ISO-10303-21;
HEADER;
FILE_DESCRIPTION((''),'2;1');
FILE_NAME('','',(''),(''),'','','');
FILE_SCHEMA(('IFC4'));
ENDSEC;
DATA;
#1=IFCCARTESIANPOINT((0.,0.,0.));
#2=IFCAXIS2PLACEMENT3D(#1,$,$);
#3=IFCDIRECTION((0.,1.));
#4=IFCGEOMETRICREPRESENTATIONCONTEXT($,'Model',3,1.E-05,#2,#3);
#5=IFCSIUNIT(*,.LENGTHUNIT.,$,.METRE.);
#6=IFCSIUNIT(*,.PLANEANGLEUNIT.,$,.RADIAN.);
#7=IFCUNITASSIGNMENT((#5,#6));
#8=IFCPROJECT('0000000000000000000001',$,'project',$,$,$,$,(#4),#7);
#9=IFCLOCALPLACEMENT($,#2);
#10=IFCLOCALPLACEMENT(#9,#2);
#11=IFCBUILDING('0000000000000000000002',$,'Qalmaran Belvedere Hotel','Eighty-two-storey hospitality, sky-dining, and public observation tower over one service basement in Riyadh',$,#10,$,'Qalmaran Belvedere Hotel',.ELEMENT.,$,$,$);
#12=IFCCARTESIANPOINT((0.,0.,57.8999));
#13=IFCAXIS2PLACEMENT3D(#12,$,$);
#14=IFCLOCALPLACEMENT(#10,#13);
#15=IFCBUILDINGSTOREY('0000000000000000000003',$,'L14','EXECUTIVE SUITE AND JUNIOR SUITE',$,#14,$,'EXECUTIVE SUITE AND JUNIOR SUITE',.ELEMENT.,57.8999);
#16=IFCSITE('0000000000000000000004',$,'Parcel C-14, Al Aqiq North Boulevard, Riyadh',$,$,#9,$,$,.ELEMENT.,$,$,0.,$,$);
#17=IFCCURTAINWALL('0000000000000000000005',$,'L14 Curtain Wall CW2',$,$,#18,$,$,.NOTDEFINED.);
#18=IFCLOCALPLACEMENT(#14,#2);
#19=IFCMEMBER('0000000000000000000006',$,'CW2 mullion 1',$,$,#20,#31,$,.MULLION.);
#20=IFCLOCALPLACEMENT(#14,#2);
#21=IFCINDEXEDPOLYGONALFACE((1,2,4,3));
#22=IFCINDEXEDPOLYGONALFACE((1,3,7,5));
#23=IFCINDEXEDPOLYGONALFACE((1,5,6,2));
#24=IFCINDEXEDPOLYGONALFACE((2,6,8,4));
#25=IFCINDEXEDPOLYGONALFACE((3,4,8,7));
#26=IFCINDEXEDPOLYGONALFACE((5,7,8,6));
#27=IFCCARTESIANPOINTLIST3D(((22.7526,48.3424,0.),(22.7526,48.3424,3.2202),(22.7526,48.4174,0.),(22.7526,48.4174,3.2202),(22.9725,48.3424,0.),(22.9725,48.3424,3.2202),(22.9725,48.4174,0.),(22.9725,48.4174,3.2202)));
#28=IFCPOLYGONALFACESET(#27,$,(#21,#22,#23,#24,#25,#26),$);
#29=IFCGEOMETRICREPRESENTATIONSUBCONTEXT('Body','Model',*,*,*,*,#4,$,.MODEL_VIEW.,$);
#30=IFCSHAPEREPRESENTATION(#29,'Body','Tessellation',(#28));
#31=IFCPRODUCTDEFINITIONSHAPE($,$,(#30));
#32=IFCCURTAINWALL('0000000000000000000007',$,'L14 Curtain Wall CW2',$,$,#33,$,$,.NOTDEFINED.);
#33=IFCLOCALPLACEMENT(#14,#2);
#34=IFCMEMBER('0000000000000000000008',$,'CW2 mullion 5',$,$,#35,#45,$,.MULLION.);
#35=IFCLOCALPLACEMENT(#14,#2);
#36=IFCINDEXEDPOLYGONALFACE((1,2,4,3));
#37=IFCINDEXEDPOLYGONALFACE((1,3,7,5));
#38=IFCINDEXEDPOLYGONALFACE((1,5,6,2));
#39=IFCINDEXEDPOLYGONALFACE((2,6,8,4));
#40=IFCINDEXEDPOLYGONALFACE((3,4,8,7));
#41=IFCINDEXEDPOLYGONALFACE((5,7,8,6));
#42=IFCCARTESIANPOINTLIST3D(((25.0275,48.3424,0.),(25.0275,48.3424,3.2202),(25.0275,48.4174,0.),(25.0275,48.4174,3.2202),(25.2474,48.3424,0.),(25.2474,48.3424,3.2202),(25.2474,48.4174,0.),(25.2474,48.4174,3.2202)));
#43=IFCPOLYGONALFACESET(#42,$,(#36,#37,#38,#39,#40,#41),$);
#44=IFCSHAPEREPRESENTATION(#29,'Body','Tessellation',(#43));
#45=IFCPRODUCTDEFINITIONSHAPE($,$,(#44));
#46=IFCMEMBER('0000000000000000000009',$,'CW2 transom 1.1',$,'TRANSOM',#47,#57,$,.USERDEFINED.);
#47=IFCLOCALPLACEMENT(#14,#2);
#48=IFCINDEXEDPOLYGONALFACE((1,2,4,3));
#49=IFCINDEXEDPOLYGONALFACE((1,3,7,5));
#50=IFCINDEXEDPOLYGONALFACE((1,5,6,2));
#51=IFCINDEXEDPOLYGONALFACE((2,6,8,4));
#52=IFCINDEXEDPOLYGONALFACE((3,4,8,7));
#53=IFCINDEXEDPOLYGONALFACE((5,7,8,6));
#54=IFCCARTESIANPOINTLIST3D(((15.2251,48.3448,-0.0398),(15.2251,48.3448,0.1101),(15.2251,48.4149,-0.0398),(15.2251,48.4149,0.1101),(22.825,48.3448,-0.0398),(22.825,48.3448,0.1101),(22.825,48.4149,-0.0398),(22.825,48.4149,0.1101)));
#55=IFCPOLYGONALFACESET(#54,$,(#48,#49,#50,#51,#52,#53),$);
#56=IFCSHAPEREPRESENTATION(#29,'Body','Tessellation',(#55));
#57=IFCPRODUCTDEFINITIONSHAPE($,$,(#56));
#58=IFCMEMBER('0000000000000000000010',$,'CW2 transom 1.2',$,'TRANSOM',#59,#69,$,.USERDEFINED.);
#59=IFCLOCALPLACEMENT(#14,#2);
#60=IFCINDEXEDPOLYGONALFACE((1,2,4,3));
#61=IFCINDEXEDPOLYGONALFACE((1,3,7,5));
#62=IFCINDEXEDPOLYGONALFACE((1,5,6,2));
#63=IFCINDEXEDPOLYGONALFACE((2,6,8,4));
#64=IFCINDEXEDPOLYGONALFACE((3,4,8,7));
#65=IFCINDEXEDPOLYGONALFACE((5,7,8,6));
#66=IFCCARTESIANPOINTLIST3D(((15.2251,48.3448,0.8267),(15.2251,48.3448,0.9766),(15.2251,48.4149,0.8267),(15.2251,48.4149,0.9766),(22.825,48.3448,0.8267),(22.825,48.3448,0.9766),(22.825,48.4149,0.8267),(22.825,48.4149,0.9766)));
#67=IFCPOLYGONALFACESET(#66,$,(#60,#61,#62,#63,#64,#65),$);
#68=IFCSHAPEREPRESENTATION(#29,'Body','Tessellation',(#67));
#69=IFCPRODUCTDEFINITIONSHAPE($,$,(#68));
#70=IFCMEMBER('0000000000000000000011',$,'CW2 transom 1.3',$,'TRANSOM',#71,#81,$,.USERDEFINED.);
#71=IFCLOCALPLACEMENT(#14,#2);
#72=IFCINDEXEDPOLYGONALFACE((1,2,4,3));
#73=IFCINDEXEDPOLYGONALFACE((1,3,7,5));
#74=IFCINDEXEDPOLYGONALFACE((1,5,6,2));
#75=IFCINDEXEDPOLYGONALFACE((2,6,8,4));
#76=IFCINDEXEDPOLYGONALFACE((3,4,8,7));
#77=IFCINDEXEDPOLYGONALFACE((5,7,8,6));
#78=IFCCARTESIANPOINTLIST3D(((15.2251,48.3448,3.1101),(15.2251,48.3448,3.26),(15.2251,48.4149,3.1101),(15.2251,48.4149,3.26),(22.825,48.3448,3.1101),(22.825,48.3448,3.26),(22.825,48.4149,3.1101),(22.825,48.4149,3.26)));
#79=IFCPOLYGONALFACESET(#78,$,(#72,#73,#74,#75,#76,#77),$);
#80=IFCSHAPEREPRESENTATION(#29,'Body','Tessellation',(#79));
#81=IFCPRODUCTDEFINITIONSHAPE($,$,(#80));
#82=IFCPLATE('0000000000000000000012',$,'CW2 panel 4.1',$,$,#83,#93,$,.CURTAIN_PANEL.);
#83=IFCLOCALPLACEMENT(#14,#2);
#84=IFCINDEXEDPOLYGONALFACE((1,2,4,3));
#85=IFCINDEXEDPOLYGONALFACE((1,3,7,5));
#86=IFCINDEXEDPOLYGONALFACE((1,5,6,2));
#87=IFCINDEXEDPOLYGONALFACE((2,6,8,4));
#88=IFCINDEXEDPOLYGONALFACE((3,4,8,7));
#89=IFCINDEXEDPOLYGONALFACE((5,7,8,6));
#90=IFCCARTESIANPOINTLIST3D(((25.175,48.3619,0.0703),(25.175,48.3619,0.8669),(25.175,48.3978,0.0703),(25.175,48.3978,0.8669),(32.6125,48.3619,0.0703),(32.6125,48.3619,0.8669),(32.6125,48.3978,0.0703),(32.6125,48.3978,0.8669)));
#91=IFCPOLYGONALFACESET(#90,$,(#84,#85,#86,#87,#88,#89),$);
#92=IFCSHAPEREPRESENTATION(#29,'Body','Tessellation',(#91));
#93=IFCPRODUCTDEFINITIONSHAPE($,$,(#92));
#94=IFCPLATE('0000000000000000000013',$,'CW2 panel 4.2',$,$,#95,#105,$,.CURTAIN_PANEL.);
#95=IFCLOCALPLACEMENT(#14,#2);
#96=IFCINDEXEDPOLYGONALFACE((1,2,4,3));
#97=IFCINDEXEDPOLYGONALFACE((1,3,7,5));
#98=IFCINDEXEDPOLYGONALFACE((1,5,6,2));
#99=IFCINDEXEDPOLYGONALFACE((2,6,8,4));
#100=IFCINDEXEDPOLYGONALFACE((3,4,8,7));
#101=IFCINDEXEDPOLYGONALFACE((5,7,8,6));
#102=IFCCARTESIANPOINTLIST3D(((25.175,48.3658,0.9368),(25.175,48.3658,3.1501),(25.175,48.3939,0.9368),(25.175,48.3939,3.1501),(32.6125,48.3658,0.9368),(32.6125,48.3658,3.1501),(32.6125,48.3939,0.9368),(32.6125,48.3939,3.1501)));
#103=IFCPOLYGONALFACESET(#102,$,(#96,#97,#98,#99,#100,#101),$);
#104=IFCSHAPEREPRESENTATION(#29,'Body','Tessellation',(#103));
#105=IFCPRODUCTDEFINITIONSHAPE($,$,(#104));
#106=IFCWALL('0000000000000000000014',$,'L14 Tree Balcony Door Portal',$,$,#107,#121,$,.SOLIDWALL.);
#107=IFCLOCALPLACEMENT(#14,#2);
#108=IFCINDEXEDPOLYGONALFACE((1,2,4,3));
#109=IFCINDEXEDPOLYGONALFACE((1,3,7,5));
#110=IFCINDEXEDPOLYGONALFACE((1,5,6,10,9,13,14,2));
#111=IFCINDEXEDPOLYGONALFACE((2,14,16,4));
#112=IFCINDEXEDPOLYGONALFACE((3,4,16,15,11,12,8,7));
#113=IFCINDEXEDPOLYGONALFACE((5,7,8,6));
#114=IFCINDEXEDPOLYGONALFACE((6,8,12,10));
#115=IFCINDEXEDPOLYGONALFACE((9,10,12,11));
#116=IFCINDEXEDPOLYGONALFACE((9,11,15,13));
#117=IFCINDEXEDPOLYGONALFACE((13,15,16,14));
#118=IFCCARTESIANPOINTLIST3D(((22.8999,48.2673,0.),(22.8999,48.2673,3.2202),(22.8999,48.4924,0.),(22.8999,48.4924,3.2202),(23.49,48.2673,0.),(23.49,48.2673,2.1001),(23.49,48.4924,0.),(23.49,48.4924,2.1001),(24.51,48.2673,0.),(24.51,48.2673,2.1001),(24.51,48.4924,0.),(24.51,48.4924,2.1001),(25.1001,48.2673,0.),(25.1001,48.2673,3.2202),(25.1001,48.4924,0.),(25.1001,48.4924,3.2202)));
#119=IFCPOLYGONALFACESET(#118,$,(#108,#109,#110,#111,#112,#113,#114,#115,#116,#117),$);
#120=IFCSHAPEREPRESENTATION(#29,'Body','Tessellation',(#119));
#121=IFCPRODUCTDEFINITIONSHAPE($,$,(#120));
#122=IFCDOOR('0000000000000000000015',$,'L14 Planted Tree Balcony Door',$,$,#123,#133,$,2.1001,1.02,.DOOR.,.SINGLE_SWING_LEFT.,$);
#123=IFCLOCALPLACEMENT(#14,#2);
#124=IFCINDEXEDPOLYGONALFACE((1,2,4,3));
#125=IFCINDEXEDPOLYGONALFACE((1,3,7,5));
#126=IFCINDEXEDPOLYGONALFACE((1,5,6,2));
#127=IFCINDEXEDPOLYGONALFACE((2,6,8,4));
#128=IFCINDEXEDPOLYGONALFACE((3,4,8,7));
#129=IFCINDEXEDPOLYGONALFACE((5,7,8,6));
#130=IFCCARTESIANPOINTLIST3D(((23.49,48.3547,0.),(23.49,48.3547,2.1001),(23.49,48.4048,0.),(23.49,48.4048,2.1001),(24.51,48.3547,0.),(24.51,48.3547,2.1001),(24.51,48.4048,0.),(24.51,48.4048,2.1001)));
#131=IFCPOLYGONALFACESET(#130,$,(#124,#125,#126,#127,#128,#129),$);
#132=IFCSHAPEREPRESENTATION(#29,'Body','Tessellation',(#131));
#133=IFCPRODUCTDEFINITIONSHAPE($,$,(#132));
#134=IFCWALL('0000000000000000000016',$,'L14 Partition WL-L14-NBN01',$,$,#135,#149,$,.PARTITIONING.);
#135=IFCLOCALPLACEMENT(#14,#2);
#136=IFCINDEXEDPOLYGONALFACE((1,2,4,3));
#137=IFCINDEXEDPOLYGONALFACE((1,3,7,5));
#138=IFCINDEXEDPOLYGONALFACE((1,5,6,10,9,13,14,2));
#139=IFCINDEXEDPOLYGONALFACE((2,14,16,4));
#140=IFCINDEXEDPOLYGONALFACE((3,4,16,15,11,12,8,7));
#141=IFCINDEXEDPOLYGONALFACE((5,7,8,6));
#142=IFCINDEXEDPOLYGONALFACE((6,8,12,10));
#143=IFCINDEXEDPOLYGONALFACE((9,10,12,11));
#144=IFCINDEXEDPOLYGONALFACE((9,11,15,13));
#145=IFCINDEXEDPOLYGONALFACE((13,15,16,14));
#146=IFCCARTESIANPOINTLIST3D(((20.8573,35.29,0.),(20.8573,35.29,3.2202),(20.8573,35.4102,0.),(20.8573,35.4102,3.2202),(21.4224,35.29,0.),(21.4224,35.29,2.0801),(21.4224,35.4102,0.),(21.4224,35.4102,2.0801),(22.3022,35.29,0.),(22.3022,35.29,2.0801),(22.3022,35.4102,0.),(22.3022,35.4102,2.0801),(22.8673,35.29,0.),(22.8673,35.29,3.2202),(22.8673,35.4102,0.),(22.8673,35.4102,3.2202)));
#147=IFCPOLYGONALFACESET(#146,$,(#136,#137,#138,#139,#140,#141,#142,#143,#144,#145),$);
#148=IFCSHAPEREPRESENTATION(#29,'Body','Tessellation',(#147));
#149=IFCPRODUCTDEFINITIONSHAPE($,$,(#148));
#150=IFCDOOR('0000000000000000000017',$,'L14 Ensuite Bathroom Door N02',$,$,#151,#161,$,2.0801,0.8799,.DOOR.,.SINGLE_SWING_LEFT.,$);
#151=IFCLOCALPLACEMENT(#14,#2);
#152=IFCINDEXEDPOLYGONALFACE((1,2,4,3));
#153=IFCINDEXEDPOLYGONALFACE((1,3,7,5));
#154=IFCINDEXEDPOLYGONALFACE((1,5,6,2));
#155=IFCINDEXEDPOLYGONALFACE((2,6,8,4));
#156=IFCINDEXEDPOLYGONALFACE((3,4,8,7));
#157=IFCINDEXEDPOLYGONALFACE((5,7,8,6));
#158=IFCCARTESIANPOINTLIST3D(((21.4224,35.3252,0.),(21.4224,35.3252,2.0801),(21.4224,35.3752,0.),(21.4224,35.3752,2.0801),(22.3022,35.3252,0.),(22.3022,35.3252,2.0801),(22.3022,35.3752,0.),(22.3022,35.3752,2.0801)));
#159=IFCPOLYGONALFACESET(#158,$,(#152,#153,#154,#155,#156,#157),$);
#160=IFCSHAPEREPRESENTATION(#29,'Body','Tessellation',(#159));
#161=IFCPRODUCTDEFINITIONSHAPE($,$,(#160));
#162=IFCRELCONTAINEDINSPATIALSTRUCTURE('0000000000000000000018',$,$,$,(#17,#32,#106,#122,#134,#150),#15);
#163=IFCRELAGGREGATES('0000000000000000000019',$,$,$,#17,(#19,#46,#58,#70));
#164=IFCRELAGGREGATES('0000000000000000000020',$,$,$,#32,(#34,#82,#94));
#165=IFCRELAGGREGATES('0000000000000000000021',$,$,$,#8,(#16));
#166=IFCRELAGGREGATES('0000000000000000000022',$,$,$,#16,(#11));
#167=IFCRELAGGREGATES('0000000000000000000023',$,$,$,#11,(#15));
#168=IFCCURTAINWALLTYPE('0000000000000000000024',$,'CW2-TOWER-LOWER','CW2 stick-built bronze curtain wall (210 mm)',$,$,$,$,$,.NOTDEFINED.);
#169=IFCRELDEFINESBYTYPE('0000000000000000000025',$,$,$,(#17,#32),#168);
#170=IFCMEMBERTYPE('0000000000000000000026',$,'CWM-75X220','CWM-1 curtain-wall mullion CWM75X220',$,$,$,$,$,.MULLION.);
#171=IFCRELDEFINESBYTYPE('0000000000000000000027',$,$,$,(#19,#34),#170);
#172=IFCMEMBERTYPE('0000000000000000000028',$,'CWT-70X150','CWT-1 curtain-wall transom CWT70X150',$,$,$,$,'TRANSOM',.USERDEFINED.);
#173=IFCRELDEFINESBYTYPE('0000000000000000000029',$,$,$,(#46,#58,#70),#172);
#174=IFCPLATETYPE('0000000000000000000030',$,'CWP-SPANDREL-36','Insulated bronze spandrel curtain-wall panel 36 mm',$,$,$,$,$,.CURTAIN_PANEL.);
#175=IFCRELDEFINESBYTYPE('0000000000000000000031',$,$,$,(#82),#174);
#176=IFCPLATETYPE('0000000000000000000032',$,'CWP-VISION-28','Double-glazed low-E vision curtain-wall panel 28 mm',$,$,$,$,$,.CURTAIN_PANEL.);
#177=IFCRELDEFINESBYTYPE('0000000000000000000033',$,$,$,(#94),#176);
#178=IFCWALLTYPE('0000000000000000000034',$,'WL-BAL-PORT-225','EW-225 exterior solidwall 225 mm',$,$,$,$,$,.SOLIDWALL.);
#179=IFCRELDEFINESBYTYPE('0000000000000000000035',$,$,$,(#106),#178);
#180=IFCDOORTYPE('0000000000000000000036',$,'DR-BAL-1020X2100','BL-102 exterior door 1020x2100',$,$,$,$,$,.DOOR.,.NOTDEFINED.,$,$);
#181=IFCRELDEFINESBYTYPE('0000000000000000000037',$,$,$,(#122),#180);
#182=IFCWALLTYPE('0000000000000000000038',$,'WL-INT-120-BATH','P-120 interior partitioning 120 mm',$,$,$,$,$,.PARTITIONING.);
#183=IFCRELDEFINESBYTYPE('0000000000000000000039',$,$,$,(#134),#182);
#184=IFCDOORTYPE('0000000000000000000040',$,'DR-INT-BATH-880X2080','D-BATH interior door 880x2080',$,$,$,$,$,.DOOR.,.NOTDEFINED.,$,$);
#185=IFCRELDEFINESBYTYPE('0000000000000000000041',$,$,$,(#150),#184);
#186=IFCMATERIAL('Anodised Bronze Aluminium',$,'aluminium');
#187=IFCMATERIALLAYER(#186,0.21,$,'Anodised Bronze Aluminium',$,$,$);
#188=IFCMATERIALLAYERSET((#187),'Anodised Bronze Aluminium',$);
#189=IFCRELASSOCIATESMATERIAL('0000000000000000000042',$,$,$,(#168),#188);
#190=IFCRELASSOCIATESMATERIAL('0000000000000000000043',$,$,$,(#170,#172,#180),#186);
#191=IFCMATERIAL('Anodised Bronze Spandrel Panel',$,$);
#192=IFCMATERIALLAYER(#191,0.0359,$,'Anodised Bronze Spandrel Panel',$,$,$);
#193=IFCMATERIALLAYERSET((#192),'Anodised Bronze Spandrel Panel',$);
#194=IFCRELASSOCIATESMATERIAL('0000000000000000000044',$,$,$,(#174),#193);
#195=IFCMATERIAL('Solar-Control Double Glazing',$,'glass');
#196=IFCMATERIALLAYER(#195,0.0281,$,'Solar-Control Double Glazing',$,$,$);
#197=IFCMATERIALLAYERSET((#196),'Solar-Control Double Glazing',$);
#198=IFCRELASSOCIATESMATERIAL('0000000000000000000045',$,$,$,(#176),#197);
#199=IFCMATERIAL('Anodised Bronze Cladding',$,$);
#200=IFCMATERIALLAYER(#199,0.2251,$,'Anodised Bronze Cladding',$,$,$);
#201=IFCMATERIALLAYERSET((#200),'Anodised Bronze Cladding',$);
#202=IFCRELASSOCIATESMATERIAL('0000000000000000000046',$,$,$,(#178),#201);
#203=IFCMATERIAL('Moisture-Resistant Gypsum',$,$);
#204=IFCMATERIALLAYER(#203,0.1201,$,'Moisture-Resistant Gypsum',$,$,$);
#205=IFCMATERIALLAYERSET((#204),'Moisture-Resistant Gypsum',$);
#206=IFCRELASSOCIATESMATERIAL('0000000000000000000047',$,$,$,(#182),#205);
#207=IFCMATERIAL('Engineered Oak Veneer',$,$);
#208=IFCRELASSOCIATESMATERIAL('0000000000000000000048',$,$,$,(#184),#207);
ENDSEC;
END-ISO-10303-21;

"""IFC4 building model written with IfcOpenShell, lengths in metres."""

from ifc_helpers import new_model, si_unit, direction, frame, frame_2d, origin, origin_2d, place, context, subcontext, project, spatial, rectangle, extrude, material, layer, layer_set, material_profile, profile_set, type_object, element, fill, aggregate, save


model = new_model("IFC4")

# Units and contexts
model_context = context("Model", 3, precision=1e-05, world=origin(), true_north=direction((0.0, 1.0)))
body_context = subcontext(model_context, "Body", "Model", "MODEL_VIEW")
ifc_project = project(units=[si_unit("LENGTHUNIT", "METRE"), si_unit("PLANEANGLEUNIT", "RADIAN")], contexts=[model_context])

# Site, building, storey
site_placement = place(None, origin())
site = spatial("IfcSite", under=ifc_project, at=site_placement, Name="Parcel C-14, Al Aqiq North Boulevard, Riyadh", CompositionType="ELEMENT", RefElevation=0.0)
building_placement = place(site_placement, origin())
building = spatial("IfcBuilding", under=site, at=building_placement, Name="Qalmaran Belvedere Hotel", Description="Eighty-two-storey hospitality, sky-dining, and public observation tower over one service basement in Riyadh", LongName="Qalmaran Belvedere Hotel", CompositionType="ELEMENT")
storey_placement = place(building_placement, frame((0.0, 0.0, 57.8999)))
storey = spatial("IfcBuildingStorey", under=building, at=storey_placement, Name="L14", Description="EXECUTIVE SUITE AND JUNIOR SUITE", LongName="EXECUTIVE SUITE AND JUNIOR SUITE", CompositionType="ELEMENT", Elevation=57.8999)

# Curtain walls, members
ifc_material_1 = material(Name="Anodised Bronze Aluminium", Category="aluminium")
ifc_layer_1 = layer(ifc_material_1, 0.21, Name="Anodised Bronze Aluminium")
ifc_layer_set_1 = layer_set([ifc_layer_1], Name="Anodised Bronze Aluminium")
curtain_wall_type = type_object("IfcCurtainWallType", Name="CW2-TOWER-LOWER", Description="CW2 stick-built bronze curtain wall (210 mm)", PredefinedType="NOTDEFINED", material=ifc_layer_set_1)
curtain_wall_1_placement = place(storey_placement, origin())
curtain_wall_1 = element("IfcCurtainWall", 1, at=curtain_wall_1_placement, inside=storey, type_object=curtain_wall_type, Name="L14 Curtain Wall CW2", PredefinedType="NOTDEFINED")
ifc_material_profile_1 = material_profile(ifc_material_1, rectangle(XDim=0.075, YDim=0.22, at=origin_2d()), Name="CWM75X220")
ifc_profile_set_1 = profile_set([ifc_material_profile_1], Name="Anodised Bronze Aluminium")
member_type_1 = type_object("IfcMemberType", Name="CWM-75X220", Description="CWM-1 curtain-wall mullion CWM75X220", PredefinedType="MULLION", material=ifc_profile_set_1)
member_1_placement = place(storey_placement, frame((22.8625, 48.3799, 0.0), z_axis=(0.0, 0.0, 1.0), x_axis=(0.0, -1.0, 0.0)))
member_1 = element("IfcMember", 2, at=member_1_placement, type_object=member_type_1, Name="CW2 mullion 1", PredefinedType="MULLION", context=body_context, shape_type="SweptSolid", body=[
    extrude(rectangle(XDim=0.075, YDim=0.22, at=origin_2d()), origin(), (0.0, 0.0, 1.0), 3.2202),
])
curtain_wall_2_placement = place(storey_placement, origin())
curtain_wall_2 = element("IfcCurtainWall", 3, at=curtain_wall_2_placement, inside=storey, type_object=curtain_wall_type, Name="L14 Curtain Wall CW2", PredefinedType="NOTDEFINED")
member_2_placement = place(storey_placement, frame((25.1375, 48.3799, 0.0), z_axis=(0.0, 0.0, 1.0), x_axis=(0.0, -1.0, 0.0)))
member_2 = element("IfcMember", 4, at=member_2_placement, type_object=member_type_1, Name="CW2 mullion 5", PredefinedType="MULLION", context=body_context, shape_type="SweptSolid", body=[
    extrude(rectangle(XDim=0.075, YDim=0.22, at=origin_2d()), origin(), (0.0, 0.0, 1.0), 3.2202),
])

# Members
ifc_material_profile_2 = material_profile(ifc_material_1, rectangle(XDim=0.0701, YDim=0.1499, at=origin_2d()), Name="CWT70X150")
ifc_profile_set_2 = profile_set([ifc_material_profile_2], Name="Anodised Bronze Aluminium")
member_type_2 = type_object("IfcMemberType", Name="CWT-70X150", Description="CWT-1 curtain-wall transom CWT70X150", ElementType="TRANSOM", PredefinedType="USERDEFINED", material=ifc_profile_set_2)
member_3_placement = place(storey_placement, frame((22.825, 48.3799, 0.0352), z_axis=(-1.0, 0.0, 0.0), x_axis=(0.0, -1.0, 0.0)))
member_3 = element("IfcMember", 5, at=member_3_placement, type_object=member_type_2, Name="CW2 transom 1.1", ObjectType="TRANSOM", PredefinedType="USERDEFINED", context=body_context, shape_type="SweptSolid", body=[
    extrude(rectangle(XDim=0.0701, YDim=0.1499, at=origin_2d()), origin(), (0.0, 0.0, 1.0), 7.5999),
])
member_4_placement = place(storey_placement, frame((22.825, 48.3799, 0.9016), z_axis=(-1.0, 0.0, 0.0), x_axis=(0.0, -1.0, 0.0)))
member_4 = element("IfcMember", 6, at=member_4_placement, type_object=member_type_2, Name="CW2 transom 1.2", ObjectType="TRANSOM", PredefinedType="USERDEFINED", context=body_context, shape_type="SweptSolid", body=[
    extrude(rectangle(XDim=0.0701, YDim=0.1499, at=origin_2d()), origin(), (0.0, 0.0, 1.0), 7.5999),
])
member_5_placement = place(storey_placement, frame((22.825, 48.3799, 3.1851), z_axis=(-1.0, 0.0, 0.0), x_axis=(0.0, -1.0, 0.0)))
member_5 = element("IfcMember", 7, at=member_5_placement, type_object=member_type_2, Name="CW2 transom 1.3", ObjectType="TRANSOM", PredefinedType="USERDEFINED", context=body_context, shape_type="SweptSolid", body=[
    extrude(rectangle(XDim=0.0701, YDim=0.1499, at=origin_2d()), origin(), (0.0, 0.0, 1.0), 7.5999),
])
aggregate(curtain_wall_1, [member_1, member_3, member_4, member_5])

# Plates
ifc_material_2 = material(Name="Anodised Bronze Spandrel Panel")
ifc_layer_2 = layer(ifc_material_2, 0.0359, Name="Anodised Bronze Spandrel Panel")
ifc_layer_set_2 = layer_set([ifc_layer_2], Name="Anodised Bronze Spandrel Panel")
plate_type_1 = type_object("IfcPlateType", Name="CWP-SPANDREL-36", Description="Insulated bronze spandrel curtain-wall panel 36 mm", PredefinedType="CURTAIN_PANEL", material=ifc_layer_set_2)
plate_1_placement = place(storey_placement, frame((28.8938, 48.3799, 0.0703), z_axis=(0.0, 0.0, 1.0), x_axis=(-1.0, 0.0, 0.0)))
plate_1 = element("IfcPlate", 8, at=plate_1_placement, type_object=plate_type_1, Name="CW2 panel 4.1", PredefinedType="CURTAIN_PANEL", context=body_context, shape_type="SweptSolid", body=[
    extrude(rectangle(XDim=7.4375, YDim=0.0359, at=origin_2d()), origin(), (0.0, 0.0, 1.0), 0.7966),
])
ifc_material_3 = material(Name="Solar-Control Double Glazing", Category="glass")
ifc_layer_3 = layer(ifc_material_3, 0.0281, Name="Solar-Control Double Glazing")
ifc_layer_set_3 = layer_set([ifc_layer_3], Name="Solar-Control Double Glazing")
plate_type_2 = type_object("IfcPlateType", Name="CWP-VISION-28", Description="Double-glazed low-E vision curtain-wall panel 28 mm", PredefinedType="CURTAIN_PANEL", material=ifc_layer_set_3)
plate_2_placement = place(storey_placement, frame((28.8938, 48.3799, 0.9368), z_axis=(0.0, 0.0, 1.0), x_axis=(-1.0, 0.0, 0.0)))
plate_2 = element("IfcPlate", 9, at=plate_2_placement, type_object=plate_type_2, Name="CW2 panel 4.2", PredefinedType="CURTAIN_PANEL", context=body_context, shape_type="SweptSolid", body=[
    extrude(rectangle(XDim=7.4375, YDim=0.0281, at=origin_2d()), origin(), (0.0, 0.0, 1.0), 2.2134),
])
aggregate(curtain_wall_2, [member_2, plate_1, plate_2])

# Walls, openings, doors
ifc_material_4 = material(Name="Anodised Bronze Cladding")
ifc_layer_4 = layer(ifc_material_4, 0.2251, Name="Anodised Bronze Cladding")
ifc_layer_set_4 = layer_set([ifc_layer_4], Name="Anodised Bronze Cladding")
wall_type_1 = type_object("IfcWallType", Name="WL-BAL-PORT-225", Description="EW-225 exterior solidwall 225 mm", PredefinedType="SOLIDWALL", material=ifc_layer_set_4)
wall_1_placement = place(storey_placement, frame((22.8999, 48.3799, 0.0), z_axis=(0.0, 0.0, 1.0), x_axis=(1.0, 0.0, 0.0)))
wall_1 = element("IfcWall", 10, at=wall_1_placement, inside=storey, type_object=wall_type_1, Name="L14 Tree Balcony Door Portal", PredefinedType="SOLIDWALL", context=body_context, shape_type="SweptSolid", body=[
    extrude(rectangle(XDim=2.2002, YDim=0.2251, at=frame_2d((1.1001, 0.0))), origin(), (0.0, 0.0, 1.0), 3.2202),
])
opening_1_placement = place(wall_1_placement, frame((0.5901, 0.0, 0.0)))
opening_1 = element("IfcOpeningElement", 11, at=opening_1_placement, cuts=wall_1, PredefinedType="OPENING", context=body_context, shape_type="SweptSolid", body=[
    extrude(rectangle(XDim=1.02, YDim=2.1001, at=frame_2d((0.51, 1.05))), frame((0.0, 0.1226, 0.0), z_axis=(0.0, -1.0, 0.0), x_axis=(1.0, 0.0, 0.0)), (0.0, 0.0, 1.0), 0.2451),
])
door_type_1 = type_object("IfcDoorType", Name="DR-BAL-1020X2100", Description="BL-102 exterior door 1020x2100", OperationType="NOTDEFINED", PredefinedType="DOOR", material=ifc_material_1)
door_1_placement = place(opening_1_placement, origin())
door_1 = element("IfcDoor", 12, at=door_1_placement, inside=storey, type_object=door_type_1, Name="L14 Planted Tree Balcony Door", OperationType="SINGLE_SWING_LEFT", OverallHeight=2.1001, OverallWidth=1.02, PredefinedType="DOOR", context=body_context, shape_type="SweptSolid", body=[
    extrude(rectangle(XDim=1.02, YDim=2.1001, at=frame_2d((0.51, 1.05))), frame((0.0, 0.0249, 0.0), z_axis=(0.0, -1.0, 0.0), x_axis=(1.0, 0.0, 0.0)), (0.0, 0.0, 1.0), 0.05),
])
fill(opening_1, door_1)
ifc_material_5 = material(Name="Moisture-Resistant Gypsum")
ifc_layer_5 = layer(ifc_material_5, 0.1201, Name="Moisture-Resistant Gypsum")
ifc_layer_set_5 = layer_set([ifc_layer_5], Name="Moisture-Resistant Gypsum")
wall_type_2 = type_object("IfcWallType", Name="WL-INT-120-BATH", Description="P-120 interior partitioning 120 mm", PredefinedType="PARTITIONING", material=ifc_layer_set_5)
wall_2_placement = place(storey_placement, frame((20.8574, 35.3501, 0.0), z_axis=(0.0, 0.0, 1.0), x_axis=(1.0, 0.0, 0.0)))
wall_2 = element("IfcWall", 13, at=wall_2_placement, inside=storey, type_object=wall_type_2, Name="L14 Partition WL-L14-NBN01", PredefinedType="PARTITIONING", context=body_context, shape_type="SweptSolid", body=[
    extrude(rectangle(XDim=2.01, YDim=0.1201, at=frame_2d((1.0049, 0.0))), origin(), (0.0, 0.0, 1.0), 3.2202),
])
opening_2_placement = place(wall_2_placement, frame((1.4448, 0.0, 0.0), z_axis=(0.0, 0.0, 1.0), x_axis=(-1.0, 0.0, 0.0)))
opening_2 = element("IfcOpeningElement", 14, at=opening_2_placement, cuts=wall_2, PredefinedType="OPENING", context=body_context, shape_type="SweptSolid", body=[
    extrude(rectangle(XDim=0.8799, YDim=2.0801, at=frame_2d((0.4399, 1.04))), frame((0.0, 0.0701, 0.0), z_axis=(0.0, -1.0, 0.0), x_axis=(1.0, 0.0, 0.0)), (0.0, 0.0, 1.0), 0.1401),
])
ifc_material_6 = material(Name="Engineered Oak Veneer")
door_type_2 = type_object("IfcDoorType", Name="DR-INT-BATH-880X2080", Description="D-BATH interior door 880x2080", OperationType="NOTDEFINED", PredefinedType="DOOR", material=ifc_material_6)
door_2_placement = place(opening_2_placement, origin())
door_2 = element("IfcDoor", 15, at=door_2_placement, inside=storey, type_object=door_type_2, Name="L14 Ensuite Bathroom Door N02", OperationType="SINGLE_SWING_LEFT", OverallHeight=2.0801, OverallWidth=0.8799, PredefinedType="DOOR", context=body_context, shape_type="SweptSolid", body=[
    extrude(rectangle(XDim=0.8799, YDim=2.0801, at=frame_2d((0.4399, 1.04))), frame((0.0, 0.0249, 0.0), z_axis=(0.0, -1.0, 0.0), x_axis=(1.0, 0.0, 0.0)), (0.0, 0.0, 1.0), 0.05),
])
fill(opening_2, door_2)

save(model, "model.ifc")
